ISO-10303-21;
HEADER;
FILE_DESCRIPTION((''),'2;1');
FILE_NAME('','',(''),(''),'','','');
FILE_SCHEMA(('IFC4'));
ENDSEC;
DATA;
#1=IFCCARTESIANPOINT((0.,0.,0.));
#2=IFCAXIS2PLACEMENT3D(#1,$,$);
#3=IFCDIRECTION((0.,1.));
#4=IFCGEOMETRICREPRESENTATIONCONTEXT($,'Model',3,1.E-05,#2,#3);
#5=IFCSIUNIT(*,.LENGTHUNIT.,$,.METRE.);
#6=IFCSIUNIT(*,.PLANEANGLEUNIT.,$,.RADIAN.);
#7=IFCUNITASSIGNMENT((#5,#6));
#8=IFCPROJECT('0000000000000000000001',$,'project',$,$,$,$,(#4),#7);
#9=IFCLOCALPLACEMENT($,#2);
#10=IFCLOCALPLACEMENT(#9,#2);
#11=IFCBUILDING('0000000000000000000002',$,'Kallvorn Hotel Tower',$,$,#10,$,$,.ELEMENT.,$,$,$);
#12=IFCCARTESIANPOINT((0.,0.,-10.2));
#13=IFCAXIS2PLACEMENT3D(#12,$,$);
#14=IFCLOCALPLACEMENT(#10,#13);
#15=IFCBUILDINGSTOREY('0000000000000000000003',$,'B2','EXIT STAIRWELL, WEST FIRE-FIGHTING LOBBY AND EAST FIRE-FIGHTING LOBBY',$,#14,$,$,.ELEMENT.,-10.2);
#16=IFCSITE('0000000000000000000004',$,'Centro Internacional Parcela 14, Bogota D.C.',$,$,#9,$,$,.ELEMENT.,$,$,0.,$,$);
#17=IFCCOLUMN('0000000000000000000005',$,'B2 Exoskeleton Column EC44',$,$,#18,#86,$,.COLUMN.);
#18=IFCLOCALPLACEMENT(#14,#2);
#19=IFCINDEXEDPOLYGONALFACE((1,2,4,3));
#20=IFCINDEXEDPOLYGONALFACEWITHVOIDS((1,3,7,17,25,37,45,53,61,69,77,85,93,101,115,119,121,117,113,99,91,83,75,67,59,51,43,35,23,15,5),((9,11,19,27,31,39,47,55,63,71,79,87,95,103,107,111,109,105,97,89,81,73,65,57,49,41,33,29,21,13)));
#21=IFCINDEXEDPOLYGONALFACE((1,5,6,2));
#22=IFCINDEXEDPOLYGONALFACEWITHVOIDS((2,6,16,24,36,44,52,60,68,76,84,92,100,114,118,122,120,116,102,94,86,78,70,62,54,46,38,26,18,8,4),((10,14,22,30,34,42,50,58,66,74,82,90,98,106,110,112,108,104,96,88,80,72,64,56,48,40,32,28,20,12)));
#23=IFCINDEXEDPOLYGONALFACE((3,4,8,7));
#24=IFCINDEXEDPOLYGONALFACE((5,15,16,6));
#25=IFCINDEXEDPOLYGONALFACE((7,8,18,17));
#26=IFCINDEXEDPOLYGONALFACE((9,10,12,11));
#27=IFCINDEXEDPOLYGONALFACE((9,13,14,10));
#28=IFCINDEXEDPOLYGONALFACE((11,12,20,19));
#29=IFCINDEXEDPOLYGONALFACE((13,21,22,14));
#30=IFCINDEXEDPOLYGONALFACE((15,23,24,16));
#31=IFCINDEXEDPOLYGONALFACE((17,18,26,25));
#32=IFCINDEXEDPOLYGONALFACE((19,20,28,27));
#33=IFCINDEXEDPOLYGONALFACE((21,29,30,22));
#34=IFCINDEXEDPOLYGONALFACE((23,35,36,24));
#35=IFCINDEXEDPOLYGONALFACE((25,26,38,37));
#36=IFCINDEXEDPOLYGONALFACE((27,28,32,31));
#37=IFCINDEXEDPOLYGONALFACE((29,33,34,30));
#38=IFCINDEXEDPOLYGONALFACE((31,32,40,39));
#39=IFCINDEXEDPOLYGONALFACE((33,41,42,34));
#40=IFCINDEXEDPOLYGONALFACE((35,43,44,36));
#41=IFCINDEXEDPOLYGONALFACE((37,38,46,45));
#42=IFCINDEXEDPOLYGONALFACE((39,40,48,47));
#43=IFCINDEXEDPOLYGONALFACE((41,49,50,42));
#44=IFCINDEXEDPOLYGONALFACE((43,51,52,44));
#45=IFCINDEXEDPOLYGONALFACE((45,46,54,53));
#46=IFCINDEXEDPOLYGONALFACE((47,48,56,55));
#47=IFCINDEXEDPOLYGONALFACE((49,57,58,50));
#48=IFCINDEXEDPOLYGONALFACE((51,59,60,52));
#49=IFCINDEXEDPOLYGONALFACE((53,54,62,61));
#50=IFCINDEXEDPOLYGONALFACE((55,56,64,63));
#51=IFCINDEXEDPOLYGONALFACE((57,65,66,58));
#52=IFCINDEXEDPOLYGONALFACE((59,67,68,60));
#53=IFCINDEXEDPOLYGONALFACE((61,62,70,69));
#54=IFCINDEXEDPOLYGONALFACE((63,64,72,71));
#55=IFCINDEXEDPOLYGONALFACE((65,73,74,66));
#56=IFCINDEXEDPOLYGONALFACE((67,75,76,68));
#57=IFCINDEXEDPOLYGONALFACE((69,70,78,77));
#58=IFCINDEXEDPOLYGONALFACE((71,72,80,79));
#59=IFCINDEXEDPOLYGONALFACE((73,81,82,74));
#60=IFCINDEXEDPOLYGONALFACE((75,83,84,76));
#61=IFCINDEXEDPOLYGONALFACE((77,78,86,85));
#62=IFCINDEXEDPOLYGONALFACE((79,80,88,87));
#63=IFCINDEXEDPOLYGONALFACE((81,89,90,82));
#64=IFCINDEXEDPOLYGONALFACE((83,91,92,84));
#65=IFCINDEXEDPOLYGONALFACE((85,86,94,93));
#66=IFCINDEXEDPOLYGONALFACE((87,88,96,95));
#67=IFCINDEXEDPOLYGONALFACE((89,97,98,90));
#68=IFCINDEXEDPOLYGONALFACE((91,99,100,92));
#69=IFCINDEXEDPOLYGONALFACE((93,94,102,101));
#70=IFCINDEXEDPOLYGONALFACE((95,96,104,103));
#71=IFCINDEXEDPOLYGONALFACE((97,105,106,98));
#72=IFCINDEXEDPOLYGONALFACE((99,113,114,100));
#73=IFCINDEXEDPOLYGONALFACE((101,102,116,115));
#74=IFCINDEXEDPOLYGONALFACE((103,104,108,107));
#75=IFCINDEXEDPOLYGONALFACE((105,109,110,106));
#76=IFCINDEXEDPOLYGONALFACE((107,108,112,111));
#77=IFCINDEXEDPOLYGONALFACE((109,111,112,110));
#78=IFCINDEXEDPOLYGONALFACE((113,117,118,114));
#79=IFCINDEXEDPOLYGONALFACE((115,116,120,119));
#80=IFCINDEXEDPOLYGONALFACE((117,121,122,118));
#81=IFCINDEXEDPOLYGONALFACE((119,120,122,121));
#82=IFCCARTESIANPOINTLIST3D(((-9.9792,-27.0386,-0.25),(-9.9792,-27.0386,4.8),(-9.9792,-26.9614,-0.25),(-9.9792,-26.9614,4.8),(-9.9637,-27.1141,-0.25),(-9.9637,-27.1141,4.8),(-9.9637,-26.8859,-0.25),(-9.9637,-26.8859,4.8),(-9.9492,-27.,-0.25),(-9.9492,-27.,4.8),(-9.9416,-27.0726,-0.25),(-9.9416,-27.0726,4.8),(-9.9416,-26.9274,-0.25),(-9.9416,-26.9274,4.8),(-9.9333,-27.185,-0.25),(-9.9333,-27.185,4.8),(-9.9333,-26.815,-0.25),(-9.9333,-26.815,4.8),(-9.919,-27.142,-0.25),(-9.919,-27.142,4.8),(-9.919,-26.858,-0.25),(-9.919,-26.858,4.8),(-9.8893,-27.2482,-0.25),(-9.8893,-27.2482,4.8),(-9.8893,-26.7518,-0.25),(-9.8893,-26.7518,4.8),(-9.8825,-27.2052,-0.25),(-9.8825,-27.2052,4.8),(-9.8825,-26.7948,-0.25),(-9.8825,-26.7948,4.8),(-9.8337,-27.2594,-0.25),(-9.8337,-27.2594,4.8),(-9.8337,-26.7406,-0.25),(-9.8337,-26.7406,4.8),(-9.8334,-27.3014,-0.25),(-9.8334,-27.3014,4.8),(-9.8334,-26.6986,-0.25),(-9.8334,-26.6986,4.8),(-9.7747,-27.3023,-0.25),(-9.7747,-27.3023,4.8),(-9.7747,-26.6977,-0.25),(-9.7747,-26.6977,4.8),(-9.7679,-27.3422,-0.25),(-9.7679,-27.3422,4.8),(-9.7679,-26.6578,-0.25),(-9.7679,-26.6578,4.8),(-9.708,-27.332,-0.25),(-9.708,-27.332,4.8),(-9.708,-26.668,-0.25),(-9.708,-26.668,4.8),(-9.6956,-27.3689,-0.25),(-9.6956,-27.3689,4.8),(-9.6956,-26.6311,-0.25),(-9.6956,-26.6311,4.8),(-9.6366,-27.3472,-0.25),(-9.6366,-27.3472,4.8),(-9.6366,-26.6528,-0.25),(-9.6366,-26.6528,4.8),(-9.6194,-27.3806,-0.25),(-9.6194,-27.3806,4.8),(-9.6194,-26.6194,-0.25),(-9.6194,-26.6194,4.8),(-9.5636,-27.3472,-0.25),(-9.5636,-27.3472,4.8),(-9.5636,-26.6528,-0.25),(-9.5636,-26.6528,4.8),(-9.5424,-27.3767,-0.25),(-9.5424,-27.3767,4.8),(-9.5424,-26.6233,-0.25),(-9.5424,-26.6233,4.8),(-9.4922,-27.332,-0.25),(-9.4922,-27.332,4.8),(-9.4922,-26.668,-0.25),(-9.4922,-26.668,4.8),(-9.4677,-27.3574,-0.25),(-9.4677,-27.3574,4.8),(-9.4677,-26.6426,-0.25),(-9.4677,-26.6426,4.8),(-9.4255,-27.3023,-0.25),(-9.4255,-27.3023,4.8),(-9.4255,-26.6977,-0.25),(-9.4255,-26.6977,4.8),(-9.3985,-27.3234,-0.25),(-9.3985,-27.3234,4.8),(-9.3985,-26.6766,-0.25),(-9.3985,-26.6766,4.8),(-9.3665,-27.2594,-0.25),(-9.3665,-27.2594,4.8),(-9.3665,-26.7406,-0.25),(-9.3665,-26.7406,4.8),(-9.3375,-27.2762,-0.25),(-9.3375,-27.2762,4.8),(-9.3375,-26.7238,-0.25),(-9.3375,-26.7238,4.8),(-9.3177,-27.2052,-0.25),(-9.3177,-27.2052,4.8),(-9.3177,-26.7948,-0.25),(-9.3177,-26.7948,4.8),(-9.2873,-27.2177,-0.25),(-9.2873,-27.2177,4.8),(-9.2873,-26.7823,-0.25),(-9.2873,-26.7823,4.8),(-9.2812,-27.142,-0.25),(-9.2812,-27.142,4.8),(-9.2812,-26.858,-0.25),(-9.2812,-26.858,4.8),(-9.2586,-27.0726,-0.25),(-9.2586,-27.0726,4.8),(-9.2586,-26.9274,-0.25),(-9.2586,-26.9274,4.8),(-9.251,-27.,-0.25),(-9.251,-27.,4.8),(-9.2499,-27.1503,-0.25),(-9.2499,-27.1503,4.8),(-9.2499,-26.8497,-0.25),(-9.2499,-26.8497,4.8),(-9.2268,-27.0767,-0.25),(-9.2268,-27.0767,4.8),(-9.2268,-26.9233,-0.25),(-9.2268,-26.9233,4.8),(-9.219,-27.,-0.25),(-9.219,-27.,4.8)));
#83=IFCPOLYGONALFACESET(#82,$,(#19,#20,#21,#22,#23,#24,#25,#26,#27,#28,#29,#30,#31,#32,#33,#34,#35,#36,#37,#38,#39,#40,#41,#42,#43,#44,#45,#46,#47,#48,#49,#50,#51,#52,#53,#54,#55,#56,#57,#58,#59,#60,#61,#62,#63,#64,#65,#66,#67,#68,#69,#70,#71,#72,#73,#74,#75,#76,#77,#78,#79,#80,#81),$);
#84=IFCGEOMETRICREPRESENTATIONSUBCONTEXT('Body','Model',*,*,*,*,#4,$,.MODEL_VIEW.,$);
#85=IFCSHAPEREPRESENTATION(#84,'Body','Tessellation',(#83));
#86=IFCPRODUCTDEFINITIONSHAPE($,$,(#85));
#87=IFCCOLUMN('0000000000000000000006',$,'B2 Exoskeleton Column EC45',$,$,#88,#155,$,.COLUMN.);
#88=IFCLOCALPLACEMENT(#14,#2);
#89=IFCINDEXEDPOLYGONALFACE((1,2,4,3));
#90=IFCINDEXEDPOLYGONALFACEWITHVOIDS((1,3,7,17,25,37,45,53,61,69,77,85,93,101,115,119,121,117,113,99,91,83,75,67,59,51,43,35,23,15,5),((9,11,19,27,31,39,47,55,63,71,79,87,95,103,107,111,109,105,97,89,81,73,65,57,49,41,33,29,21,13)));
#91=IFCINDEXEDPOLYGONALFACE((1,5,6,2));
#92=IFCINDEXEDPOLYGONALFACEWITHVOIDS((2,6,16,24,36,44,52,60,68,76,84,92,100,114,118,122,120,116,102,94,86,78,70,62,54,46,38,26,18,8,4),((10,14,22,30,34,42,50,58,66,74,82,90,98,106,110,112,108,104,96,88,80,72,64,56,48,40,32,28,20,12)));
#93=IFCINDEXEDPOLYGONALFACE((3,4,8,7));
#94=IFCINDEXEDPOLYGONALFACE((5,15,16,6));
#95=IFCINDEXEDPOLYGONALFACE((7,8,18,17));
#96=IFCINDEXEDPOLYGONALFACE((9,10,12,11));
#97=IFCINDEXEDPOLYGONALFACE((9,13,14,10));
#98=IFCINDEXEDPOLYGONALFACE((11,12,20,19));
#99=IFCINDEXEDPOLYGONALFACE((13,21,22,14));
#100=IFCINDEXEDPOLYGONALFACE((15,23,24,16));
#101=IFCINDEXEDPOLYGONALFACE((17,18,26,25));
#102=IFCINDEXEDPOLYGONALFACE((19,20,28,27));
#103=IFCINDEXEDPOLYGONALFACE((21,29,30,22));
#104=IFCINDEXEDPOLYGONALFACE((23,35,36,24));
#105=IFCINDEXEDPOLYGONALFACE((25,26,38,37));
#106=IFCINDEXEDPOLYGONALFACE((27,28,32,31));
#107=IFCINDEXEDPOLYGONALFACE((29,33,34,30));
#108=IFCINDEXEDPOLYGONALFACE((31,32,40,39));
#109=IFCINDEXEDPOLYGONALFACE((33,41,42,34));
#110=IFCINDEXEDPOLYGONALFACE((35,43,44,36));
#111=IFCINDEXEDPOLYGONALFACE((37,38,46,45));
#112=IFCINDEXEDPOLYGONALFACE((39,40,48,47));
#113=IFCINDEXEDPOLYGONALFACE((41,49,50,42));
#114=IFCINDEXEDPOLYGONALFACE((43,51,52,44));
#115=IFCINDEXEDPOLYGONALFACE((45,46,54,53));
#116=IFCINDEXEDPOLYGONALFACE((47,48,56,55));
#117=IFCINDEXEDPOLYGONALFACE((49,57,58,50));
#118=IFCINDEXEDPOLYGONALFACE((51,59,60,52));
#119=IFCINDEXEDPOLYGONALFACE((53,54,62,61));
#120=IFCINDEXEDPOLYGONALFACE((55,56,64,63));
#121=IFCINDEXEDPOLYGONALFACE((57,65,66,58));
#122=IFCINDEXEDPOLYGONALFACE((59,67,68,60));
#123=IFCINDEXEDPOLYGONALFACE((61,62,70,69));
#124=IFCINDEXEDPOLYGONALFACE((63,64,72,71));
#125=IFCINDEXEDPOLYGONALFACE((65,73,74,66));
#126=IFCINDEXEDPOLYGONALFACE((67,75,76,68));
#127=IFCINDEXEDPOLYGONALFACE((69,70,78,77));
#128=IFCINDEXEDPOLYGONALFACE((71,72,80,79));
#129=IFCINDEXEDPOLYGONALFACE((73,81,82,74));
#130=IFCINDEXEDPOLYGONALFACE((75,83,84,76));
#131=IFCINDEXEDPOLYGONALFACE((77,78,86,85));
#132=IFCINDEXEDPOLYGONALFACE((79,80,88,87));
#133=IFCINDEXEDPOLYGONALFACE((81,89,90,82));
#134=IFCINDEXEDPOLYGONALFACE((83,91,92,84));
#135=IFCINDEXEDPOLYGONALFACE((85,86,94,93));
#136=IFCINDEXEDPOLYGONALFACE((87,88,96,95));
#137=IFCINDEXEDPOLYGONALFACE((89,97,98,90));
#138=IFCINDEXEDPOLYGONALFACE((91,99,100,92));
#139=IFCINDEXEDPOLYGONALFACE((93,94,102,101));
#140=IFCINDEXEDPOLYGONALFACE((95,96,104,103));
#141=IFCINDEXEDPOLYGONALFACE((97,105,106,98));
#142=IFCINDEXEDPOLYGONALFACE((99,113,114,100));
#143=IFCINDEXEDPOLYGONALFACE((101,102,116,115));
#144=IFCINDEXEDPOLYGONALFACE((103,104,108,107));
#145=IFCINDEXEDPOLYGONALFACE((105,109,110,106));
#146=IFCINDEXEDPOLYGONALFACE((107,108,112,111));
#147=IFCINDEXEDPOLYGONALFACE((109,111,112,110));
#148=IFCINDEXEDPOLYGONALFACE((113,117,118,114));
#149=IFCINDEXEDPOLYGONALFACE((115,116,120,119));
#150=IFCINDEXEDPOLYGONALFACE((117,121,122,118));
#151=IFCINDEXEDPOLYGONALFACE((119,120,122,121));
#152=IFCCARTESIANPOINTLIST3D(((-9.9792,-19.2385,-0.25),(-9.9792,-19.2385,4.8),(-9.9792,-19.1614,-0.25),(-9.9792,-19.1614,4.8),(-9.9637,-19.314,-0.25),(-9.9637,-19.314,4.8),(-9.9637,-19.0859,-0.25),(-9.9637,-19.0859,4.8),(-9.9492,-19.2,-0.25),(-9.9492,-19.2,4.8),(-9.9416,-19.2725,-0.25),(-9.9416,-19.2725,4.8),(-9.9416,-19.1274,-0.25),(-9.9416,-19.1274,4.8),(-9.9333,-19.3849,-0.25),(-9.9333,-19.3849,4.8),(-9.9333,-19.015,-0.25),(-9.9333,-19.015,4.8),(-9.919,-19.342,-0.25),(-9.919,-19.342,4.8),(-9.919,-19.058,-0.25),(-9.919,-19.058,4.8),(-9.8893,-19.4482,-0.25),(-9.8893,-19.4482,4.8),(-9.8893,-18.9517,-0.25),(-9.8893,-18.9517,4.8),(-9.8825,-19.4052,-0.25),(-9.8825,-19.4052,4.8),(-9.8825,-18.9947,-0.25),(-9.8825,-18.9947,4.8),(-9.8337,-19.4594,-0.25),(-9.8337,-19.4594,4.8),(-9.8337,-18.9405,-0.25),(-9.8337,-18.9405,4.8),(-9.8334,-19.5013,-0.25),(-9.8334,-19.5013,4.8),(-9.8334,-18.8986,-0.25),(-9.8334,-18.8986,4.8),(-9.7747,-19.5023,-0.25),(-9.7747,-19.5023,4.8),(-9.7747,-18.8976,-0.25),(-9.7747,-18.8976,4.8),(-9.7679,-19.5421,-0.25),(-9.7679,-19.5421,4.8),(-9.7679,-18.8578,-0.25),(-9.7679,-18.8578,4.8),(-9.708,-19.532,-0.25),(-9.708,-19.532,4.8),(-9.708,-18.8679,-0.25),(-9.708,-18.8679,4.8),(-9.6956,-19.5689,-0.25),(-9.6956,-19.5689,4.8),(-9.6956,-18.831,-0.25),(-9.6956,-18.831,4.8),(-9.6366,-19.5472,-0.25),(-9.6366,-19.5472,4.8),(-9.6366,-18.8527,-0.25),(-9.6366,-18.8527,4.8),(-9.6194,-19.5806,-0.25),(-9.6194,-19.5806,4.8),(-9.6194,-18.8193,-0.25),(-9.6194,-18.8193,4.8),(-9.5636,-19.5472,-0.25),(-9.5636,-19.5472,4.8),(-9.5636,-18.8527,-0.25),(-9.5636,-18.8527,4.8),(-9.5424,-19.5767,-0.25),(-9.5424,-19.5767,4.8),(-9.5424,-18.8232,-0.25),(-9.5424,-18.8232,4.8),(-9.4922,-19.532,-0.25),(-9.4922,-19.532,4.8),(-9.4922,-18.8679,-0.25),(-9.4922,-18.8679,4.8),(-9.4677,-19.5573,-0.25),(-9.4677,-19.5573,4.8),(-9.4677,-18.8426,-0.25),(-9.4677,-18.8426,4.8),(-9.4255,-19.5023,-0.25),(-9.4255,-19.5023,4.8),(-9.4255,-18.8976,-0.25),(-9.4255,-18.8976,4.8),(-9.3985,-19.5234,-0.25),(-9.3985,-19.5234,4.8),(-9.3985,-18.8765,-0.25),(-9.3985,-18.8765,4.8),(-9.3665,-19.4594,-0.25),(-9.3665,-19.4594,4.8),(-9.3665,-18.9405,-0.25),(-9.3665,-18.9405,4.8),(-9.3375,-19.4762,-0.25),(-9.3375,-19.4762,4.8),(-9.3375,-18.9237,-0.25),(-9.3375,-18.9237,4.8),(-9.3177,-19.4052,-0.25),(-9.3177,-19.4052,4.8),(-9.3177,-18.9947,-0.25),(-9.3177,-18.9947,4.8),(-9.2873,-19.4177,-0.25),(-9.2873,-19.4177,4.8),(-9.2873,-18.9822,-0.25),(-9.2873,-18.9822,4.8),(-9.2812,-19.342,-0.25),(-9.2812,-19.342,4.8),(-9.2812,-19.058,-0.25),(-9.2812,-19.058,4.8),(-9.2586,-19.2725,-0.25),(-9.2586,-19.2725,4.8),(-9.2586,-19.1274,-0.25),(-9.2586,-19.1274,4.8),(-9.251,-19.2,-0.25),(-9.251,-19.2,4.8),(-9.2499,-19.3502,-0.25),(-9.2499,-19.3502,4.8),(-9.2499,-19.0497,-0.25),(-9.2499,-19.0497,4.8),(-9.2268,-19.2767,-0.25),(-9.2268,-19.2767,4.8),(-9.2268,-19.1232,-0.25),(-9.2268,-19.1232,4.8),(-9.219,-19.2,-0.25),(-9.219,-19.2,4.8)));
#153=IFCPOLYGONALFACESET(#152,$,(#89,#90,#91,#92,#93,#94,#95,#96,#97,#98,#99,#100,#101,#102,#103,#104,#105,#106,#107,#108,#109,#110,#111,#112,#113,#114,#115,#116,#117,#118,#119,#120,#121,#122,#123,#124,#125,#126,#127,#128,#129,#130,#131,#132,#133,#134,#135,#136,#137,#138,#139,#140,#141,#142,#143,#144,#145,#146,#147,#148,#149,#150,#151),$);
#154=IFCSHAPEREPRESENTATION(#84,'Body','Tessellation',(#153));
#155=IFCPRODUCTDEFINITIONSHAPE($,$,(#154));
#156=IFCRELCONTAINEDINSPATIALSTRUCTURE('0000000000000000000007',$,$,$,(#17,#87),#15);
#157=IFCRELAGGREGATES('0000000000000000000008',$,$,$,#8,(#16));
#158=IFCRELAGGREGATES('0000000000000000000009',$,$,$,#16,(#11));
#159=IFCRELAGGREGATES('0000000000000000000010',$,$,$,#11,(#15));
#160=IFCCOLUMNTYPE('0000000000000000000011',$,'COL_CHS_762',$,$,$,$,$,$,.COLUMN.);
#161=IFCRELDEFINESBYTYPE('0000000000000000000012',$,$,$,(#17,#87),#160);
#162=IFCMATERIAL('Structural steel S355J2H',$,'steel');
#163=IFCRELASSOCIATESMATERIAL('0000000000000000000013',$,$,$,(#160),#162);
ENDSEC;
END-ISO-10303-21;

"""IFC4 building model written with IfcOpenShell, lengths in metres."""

from ifc_helpers import new_model, si_unit, direction, frame, origin, origin_2d, place, context, subcontext, project, spatial, hollow_circle, extrude, material, material_profile, profile_set, type_object, element, save


model = new_model("IFC4")

# Units and contexts
model_context = context("Model", 3, precision=1e-05, world=origin(), true_north=direction((0.0, 1.0)))
body_context = subcontext(model_context, "Body", "Model", "MODEL_VIEW")
ifc_project = project(units=[si_unit("LENGTHUNIT", "METRE"), si_unit("PLANEANGLEUNIT", "RADIAN")], contexts=[model_context])

# Site, building, storey
site_placement = place(None, origin())
site = spatial("IfcSite", under=ifc_project, at=site_placement, Name="Centro Internacional Parcela 14, Bogota D.C.", CompositionType="ELEMENT", RefElevation=0.0)
building_placement = place(site_placement, origin())
building = spatial("IfcBuilding", under=site, at=building_placement, Name="Kallvorn Hotel Tower", CompositionType="ELEMENT")
storey_placement = place(building_placement, frame((0.0, 0.0, -10.2)))
storey = spatial("IfcBuildingStorey", under=building, at=storey_placement, Name="B2", Description="EXIT STAIRWELL, WEST FIRE-FIGHTING LOBBY AND EAST FIRE-FIGHTING LOBBY", CompositionType="ELEMENT", Elevation=-10.2)

# Columns
ifc_material_1 = material(Name="Structural steel S355J2H", Category="steel")
ifc_material_profile_1 = material_profile(ifc_material_1, hollow_circle(Radius=0.3811, WallThickness=0.032, at=origin_2d()), Name="CHS 762x32")
ifc_profile_set_1 = profile_set([ifc_material_profile_1], Name="Structural steel S355J2H")
column_type_1 = type_object("IfcColumnType", Name="COL_CHS_762", PredefinedType="COLUMN", material=ifc_profile_set_1)
for number, where, z_axis, x_axis, name in (
    (1, (-9.6001, -27.0, -0.25), (0.0, 0.0, 1.0), (1.0, 0.0, 0.0), "B2 Exoskeleton Column EC44"),
    (2, (-9.6001, -19.2, -0.25), (0.0, 0.0, 1.0), (1.0, 0.0, 0.0), "B2 Exoskeleton Column EC45"),
):
    element("IfcColumn", number, at=place(storey_placement, frame(where, z_axis=z_axis, x_axis=x_axis)), inside=storey, type_object=column_type_1, Name=name, PredefinedType="COLUMN", context=body_context, shape_type="SweptSolid", body=[
        extrude(hollow_circle(Radius=0.3811, WallThickness=0.032, at=origin_2d()), origin(), (0.0, 0.0, 1.0), 5.05),
    ])

save(model, "model.ifc")
